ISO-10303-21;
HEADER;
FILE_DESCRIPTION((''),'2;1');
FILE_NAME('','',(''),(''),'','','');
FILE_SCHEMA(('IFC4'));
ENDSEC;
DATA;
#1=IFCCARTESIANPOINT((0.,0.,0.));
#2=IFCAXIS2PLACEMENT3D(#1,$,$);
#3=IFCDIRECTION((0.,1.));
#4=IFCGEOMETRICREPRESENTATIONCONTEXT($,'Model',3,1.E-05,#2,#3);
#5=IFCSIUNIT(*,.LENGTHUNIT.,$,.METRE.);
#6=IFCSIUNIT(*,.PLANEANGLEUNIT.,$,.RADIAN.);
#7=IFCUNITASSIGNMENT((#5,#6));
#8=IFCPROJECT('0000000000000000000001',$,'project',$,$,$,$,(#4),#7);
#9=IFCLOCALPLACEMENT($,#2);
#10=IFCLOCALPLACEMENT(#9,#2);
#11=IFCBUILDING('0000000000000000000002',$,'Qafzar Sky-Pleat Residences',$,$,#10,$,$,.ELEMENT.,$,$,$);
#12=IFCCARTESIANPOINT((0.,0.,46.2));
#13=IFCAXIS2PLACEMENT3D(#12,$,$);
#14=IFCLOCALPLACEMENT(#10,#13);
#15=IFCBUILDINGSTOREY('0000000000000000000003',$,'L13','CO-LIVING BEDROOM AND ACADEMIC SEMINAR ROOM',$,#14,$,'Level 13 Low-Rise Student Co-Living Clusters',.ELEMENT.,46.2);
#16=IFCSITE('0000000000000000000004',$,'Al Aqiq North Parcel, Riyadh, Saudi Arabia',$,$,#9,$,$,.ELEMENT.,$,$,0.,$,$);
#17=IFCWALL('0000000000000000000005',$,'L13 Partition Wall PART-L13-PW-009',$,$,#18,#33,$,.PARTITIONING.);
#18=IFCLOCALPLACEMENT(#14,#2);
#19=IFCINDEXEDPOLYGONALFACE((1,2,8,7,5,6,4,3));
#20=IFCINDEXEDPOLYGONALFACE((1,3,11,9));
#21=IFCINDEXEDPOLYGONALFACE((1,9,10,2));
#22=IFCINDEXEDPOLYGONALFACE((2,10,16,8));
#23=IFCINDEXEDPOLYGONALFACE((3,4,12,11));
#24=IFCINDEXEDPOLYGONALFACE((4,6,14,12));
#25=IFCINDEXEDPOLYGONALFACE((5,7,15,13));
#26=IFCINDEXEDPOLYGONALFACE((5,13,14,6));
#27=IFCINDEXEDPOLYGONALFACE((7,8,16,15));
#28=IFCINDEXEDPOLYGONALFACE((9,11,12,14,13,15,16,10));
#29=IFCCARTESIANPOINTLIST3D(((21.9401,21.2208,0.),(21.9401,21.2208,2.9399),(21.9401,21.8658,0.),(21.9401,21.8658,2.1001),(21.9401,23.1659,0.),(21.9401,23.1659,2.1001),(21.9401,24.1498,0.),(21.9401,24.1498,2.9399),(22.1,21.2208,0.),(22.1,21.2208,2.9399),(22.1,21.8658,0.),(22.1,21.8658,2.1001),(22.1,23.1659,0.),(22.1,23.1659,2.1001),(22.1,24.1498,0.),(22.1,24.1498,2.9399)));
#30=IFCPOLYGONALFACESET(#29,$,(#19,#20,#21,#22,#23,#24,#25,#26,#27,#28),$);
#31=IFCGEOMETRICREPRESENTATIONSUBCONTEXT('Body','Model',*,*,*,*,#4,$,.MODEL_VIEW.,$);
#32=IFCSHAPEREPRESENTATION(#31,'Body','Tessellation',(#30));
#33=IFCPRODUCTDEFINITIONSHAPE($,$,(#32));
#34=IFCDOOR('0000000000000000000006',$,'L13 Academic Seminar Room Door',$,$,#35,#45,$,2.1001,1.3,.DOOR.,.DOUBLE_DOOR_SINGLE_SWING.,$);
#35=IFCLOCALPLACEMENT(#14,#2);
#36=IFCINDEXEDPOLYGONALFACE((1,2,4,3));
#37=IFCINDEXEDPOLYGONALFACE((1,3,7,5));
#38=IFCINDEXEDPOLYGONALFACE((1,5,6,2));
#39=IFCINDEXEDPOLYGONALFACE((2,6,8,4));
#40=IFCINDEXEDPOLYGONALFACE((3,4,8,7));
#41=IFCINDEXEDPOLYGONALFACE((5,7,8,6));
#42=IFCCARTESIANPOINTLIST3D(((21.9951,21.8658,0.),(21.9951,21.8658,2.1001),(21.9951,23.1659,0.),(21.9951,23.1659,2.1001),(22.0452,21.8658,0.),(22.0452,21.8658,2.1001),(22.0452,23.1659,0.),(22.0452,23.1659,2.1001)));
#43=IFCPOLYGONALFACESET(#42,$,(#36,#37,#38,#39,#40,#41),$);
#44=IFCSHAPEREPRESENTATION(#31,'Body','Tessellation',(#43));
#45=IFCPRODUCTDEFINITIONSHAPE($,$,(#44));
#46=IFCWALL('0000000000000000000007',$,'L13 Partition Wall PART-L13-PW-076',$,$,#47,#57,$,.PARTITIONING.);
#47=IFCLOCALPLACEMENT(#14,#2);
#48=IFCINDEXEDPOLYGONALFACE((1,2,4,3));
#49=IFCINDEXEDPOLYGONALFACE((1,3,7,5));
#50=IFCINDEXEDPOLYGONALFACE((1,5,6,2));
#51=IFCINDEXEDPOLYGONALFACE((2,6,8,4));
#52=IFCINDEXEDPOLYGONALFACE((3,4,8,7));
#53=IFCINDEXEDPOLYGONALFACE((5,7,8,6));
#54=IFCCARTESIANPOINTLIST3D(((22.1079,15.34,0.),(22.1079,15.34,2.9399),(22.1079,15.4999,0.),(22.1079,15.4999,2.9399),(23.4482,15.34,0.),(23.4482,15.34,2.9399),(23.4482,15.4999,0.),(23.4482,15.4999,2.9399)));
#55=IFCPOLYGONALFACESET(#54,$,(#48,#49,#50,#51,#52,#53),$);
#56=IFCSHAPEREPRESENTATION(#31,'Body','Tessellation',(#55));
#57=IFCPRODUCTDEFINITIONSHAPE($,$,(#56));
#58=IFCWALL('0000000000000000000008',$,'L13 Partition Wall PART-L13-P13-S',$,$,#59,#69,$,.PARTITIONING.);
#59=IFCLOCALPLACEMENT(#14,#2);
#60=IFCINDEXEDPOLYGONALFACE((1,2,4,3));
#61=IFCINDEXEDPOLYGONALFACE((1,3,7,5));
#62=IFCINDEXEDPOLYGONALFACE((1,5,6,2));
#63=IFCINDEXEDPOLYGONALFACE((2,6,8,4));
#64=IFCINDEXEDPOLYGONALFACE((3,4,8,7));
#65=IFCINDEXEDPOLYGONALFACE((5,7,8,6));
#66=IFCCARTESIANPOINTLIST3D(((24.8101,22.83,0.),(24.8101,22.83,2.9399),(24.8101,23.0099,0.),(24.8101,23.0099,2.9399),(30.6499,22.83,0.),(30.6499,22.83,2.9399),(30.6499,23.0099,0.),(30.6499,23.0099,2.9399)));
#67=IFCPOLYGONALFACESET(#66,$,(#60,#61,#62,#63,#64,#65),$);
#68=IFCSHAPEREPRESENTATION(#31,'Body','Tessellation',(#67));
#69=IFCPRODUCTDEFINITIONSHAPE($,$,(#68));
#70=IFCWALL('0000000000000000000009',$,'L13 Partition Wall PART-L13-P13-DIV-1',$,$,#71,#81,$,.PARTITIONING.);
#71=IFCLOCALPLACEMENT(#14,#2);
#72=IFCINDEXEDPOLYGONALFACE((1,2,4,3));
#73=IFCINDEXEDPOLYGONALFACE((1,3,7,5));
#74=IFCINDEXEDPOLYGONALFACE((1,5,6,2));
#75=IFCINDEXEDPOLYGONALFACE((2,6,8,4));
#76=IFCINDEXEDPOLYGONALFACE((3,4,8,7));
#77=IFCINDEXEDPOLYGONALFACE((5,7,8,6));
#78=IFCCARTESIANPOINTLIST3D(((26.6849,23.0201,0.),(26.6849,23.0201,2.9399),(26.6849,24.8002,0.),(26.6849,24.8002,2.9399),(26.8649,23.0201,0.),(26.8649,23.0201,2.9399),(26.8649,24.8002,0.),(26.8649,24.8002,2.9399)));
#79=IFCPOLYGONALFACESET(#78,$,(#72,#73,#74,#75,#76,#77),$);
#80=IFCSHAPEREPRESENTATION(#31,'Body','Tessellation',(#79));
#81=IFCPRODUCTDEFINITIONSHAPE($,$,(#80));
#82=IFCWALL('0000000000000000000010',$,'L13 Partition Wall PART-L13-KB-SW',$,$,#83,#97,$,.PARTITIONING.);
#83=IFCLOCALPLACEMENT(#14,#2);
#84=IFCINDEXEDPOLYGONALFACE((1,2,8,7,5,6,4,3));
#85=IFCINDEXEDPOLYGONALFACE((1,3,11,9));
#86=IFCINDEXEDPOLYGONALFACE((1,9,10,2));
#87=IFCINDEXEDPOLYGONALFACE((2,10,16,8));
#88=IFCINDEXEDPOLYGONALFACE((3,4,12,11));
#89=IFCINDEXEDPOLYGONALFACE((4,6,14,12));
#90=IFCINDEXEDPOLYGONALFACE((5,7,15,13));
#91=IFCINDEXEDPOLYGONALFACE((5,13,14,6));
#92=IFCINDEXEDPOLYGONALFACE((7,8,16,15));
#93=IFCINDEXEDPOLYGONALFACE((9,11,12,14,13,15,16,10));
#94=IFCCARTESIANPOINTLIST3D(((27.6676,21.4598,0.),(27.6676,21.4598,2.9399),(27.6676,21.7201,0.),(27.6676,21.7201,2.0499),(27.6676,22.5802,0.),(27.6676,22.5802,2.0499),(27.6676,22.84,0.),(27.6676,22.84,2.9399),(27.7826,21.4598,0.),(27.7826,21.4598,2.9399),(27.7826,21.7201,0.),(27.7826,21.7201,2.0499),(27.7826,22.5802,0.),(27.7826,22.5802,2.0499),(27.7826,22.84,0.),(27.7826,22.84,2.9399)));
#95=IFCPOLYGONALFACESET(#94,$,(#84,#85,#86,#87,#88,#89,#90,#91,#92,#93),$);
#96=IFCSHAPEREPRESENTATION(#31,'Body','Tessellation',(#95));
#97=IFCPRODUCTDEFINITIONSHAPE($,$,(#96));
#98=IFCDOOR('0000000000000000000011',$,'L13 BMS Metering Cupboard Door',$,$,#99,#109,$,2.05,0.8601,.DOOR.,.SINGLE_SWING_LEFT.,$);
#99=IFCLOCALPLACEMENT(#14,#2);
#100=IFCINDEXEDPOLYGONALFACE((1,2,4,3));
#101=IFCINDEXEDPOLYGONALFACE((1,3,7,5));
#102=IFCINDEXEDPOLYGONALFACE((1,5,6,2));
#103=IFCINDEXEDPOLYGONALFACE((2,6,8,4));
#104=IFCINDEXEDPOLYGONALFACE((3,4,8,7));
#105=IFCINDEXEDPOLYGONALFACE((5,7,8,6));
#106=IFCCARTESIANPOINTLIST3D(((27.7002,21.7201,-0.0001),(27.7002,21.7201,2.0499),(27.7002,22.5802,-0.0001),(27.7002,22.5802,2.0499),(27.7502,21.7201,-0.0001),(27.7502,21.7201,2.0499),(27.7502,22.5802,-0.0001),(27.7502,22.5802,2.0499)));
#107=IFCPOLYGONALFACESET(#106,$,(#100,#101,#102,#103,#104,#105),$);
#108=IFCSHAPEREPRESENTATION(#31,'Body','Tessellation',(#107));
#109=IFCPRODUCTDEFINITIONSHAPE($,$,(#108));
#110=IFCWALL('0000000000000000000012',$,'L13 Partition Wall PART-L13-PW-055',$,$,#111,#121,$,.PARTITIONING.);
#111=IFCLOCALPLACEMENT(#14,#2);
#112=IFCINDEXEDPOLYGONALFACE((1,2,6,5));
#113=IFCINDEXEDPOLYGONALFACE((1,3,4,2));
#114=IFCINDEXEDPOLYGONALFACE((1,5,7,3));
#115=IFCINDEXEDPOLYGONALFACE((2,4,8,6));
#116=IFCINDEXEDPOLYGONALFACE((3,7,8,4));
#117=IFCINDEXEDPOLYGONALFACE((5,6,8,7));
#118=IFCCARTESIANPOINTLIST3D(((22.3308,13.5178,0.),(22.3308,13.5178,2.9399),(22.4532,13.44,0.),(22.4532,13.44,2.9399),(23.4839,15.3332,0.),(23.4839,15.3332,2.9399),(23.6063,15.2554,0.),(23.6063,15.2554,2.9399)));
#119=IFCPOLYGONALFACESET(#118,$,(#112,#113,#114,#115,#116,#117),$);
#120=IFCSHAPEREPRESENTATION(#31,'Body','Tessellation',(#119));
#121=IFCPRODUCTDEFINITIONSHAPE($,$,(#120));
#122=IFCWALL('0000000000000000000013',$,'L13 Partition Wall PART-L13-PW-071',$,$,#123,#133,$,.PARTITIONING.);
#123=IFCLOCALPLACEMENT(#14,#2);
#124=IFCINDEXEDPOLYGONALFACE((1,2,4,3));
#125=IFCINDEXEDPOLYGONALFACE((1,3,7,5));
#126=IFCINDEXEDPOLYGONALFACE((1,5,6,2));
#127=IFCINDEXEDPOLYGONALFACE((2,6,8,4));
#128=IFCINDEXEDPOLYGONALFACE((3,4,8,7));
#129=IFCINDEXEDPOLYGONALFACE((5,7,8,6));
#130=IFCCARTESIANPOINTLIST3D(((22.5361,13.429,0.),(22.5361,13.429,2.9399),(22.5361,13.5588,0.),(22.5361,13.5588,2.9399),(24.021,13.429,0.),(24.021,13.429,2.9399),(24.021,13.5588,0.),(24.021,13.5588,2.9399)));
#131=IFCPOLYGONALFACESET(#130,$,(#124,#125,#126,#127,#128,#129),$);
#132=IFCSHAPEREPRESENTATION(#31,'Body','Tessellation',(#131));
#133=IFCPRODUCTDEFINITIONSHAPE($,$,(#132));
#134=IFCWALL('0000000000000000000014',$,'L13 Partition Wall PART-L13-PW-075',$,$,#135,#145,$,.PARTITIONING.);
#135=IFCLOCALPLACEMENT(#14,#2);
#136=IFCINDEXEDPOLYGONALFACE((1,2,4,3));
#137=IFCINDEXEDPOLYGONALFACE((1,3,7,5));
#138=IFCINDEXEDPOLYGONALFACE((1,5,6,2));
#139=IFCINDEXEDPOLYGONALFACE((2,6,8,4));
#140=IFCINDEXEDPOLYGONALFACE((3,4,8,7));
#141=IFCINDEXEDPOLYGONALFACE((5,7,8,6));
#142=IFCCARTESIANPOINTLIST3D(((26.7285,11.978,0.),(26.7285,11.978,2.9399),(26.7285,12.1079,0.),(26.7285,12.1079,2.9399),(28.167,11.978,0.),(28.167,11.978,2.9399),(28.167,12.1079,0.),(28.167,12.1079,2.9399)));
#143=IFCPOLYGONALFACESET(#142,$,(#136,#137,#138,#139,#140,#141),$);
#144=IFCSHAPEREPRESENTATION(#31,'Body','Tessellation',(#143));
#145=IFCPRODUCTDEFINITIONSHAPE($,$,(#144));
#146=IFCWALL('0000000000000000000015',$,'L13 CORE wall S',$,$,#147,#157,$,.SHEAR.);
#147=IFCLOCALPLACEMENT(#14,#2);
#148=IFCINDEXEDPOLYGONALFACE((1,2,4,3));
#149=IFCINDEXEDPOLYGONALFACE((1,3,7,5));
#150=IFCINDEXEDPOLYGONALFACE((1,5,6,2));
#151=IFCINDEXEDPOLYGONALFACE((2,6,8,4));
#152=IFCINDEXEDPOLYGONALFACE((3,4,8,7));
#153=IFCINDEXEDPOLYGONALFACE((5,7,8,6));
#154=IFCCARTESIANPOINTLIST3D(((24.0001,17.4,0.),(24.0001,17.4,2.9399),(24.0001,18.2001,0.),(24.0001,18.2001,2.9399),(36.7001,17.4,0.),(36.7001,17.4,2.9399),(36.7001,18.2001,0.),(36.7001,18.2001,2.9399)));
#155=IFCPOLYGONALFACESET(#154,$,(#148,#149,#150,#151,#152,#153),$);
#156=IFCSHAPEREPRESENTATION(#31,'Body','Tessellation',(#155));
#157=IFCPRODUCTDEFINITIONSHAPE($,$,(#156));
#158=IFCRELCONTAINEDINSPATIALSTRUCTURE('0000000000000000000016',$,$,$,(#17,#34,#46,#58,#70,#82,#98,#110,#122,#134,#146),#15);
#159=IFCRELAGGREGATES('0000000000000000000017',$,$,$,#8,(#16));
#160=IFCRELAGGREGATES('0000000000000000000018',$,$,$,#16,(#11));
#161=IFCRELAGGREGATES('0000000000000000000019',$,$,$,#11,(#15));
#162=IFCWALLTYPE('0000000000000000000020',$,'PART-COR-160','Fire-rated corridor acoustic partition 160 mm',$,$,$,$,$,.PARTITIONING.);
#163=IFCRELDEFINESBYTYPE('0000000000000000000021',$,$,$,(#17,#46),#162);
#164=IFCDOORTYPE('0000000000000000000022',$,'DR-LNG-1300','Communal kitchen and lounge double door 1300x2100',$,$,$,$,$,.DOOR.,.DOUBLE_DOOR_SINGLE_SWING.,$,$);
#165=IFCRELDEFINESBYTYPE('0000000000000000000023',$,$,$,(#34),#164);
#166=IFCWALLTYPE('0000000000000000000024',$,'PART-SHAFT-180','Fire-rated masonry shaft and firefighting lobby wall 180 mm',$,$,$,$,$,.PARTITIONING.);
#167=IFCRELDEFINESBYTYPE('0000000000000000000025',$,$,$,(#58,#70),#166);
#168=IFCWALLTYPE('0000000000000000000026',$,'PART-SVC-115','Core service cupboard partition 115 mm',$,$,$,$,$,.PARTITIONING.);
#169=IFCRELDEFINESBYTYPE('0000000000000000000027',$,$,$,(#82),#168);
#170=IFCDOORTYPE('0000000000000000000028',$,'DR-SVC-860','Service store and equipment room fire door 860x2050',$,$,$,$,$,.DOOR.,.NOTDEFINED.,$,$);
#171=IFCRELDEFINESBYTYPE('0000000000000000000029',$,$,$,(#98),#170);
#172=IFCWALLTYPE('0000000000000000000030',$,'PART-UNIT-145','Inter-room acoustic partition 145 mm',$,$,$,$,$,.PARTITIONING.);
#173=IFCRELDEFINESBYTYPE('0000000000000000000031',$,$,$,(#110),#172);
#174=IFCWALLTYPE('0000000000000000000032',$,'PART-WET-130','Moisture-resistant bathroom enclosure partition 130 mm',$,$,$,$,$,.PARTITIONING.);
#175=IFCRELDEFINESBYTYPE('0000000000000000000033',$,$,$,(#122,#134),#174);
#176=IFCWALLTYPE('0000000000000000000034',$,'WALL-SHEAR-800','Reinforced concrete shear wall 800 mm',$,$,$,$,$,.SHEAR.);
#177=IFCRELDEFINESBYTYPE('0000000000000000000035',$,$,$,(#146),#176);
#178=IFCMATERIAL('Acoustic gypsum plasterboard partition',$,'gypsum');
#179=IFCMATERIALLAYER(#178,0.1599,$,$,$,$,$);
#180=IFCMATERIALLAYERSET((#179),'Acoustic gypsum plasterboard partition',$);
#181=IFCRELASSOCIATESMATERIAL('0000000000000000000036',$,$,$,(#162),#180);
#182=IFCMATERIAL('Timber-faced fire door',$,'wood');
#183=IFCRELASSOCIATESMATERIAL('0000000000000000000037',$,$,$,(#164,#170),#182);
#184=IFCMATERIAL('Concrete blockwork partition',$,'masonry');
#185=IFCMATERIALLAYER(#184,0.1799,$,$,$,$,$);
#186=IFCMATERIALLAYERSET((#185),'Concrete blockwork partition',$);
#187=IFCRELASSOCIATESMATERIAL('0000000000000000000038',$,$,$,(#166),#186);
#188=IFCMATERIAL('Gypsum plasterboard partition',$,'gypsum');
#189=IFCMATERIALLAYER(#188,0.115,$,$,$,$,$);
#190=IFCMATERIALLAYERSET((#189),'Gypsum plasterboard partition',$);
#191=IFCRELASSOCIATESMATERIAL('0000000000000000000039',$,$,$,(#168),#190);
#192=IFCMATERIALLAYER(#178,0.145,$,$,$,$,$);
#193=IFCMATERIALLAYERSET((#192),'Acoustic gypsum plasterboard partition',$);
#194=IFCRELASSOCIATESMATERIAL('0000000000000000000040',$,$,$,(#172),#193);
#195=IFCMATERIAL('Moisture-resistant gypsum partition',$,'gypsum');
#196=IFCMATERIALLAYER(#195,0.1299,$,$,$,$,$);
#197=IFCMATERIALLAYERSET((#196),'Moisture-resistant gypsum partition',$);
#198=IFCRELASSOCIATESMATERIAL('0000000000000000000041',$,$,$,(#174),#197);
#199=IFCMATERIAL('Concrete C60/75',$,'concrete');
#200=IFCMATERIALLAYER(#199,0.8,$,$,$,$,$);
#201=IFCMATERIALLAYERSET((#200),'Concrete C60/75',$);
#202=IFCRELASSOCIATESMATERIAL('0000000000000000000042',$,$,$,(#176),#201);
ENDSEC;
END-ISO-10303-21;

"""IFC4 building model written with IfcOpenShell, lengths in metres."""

from ifc_helpers import new_model, si_unit, direction, frame, frame_2d, origin, place, context, subcontext, project, spatial, rectangle, extrude, source, transform, mapped, material, layer, layer_set, type_object, element, fill, save


model = new_model("IFC4")

# Units and contexts
model_context = context("Model", 3, precision=1e-05, world=origin(), true_north=direction((0.0, 1.0)))
body_context = subcontext(model_context, "Body", "Model", "MODEL_VIEW")
ifc_project = project(units=[si_unit("LENGTHUNIT", "METRE"), si_unit("PLANEANGLEUNIT", "RADIAN")], contexts=[model_context])

# Site, building, storey
site_placement = place(None, origin())
site = spatial("IfcSite", under=ifc_project, at=site_placement, Name="Al Aqiq North Parcel, Riyadh, Saudi Arabia", CompositionType="ELEMENT", RefElevation=0.0)
building_placement = place(site_placement, origin())
building = spatial("IfcBuilding", under=site, at=building_placement, Name="Qafzar Sky-Pleat Residences", CompositionType="ELEMENT")
storey_placement = place(building_placement, frame((0.0, 0.0, 46.2)))
storey = spatial("IfcBuildingStorey", under=building, at=storey_placement, Name="L13", Description="CO-LIVING BEDROOM AND ACADEMIC SEMINAR ROOM", LongName="Level 13 Low-Rise Student Co-Living Clusters", CompositionType="ELEMENT", Elevation=46.2)

# Wall, opening, door
ifc_material_1 = material(Name="Acoustic gypsum plasterboard partition", Category="gypsum")
ifc_layer_1 = layer(ifc_material_1, 0.1599)
ifc_layer_set_1 = layer_set([ifc_layer_1], Name="Acoustic gypsum plasterboard partition")
wall_type_1 = type_object("IfcWallType", Name="PART-COR-160", Description="Fire-rated corridor acoustic partition 160 mm", PredefinedType="PARTITIONING", material=ifc_layer_set_1)
ifc_material_2 = material(Name="Timber-faced fire door", Category="wood")
wall_1_placement = place(storey_placement, frame((22.02, 21.2209, 0.0), z_axis=(0.0, 0.0, 1.0), x_axis=(0.0, 1.0, 0.0)))
wall_1 = element("IfcWall", 1, at=wall_1_placement, inside=storey, type_object=wall_type_1, Name="L13 Partition Wall PART-L13-PW-009", PredefinedType="PARTITIONING", context=body_context, shape_type="SweptSolid", body=[
    extrude(rectangle(XDim=2.929, YDim=0.1599, at=frame_2d((1.4644, 0.0))), origin(), (0.0, 0.0, 1.0), 2.9399),
])
opening_1_placement = place(wall_1_placement, frame((0.645, 0.0, 0.0)))
opening_1 = element("IfcOpeningElement", 2, at=opening_1_placement, cuts=wall_1, PredefinedType="OPENING", context=body_context, shape_type="SweptSolid", body=[
    extrude(rectangle(XDim=1.3, YDim=2.1001, at=frame_2d((0.6499, 1.05))), frame((0.0, 0.0898, 0.0), z_axis=(0.0, -1.0, 0.0), x_axis=(1.0, 0.0, 0.0)), (0.0, 0.0, 1.0), 0.1799),
])
door_type_1 = type_object("IfcDoorType", Name="DR-LNG-1300", Description="Communal kitchen and lounge double door 1300x2100", OperationType="DOUBLE_DOOR_SINGLE_SWING", PredefinedType="DOOR", material=ifc_material_2)
shared_shape_1 = source(origin(), body_context, "Body", "SweptSolid", [
    extrude(rectangle(XDim=1.3, YDim=2.1001, at=frame_2d((0.6499, 1.05))), frame((0.0, 0.0249, 0.0), z_axis=(0.0, -1.0, 0.0), x_axis=(1.0, 0.0, 0.0)), (0.0, 0.0, 1.0), 0.05),
])
door_1_placement = place(opening_1_placement, origin())
door_1 = element("IfcDoor", 3, at=door_1_placement, inside=storey, type_object=door_type_1, Name="L13 Academic Seminar Room Door", OperationType="DOUBLE_DOOR_SINGLE_SWING", OverallHeight=2.1001, OverallWidth=1.3, PredefinedType="DOOR", context=body_context, shape_type="MappedRepresentation", body=[
    mapped(shared_shape_1, transform((0.0, 0.0, 0.0), x_axis=(1.0, 0.0, 0.0), y_axis=(0.0, 1.0, 0.0), z_axis=(0.0, 0.0, 1.0), scale=1.0)),
])
fill(opening_1, door_1)

# Walls
wall_2_placement = place(storey_placement, frame((22.1079, 15.4199, 0.0), z_axis=(0.0, 0.0, 1.0), x_axis=(1.0, 0.0, 0.0)))
element("IfcWall", 4, at=wall_2_placement, inside=storey, type_object=wall_type_1, Name="L13 Partition Wall PART-L13-PW-076", PredefinedType="PARTITIONING", context=body_context, shape_type="SweptSolid", body=[
    extrude(rectangle(XDim=1.3403, YDim=0.1599, at=frame_2d((0.6702, 0.0))), origin(), (0.0, 0.0, 1.0), 2.9399),
])
ifc_material_3 = material(Name="Concrete blockwork partition", Category="masonry")
ifc_layer_2 = layer(ifc_material_3, 0.1799)
ifc_layer_set_2 = layer_set([ifc_layer_2], Name="Concrete blockwork partition")
wall_type_2 = type_object("IfcWallType", Name="PART-SHAFT-180", Description="Fire-rated masonry shaft and firefighting lobby wall 180 mm", PredefinedType="PARTITIONING", material=ifc_layer_set_2)
wall_3_placement = place(storey_placement, frame((24.8101, 22.9199, 0.0), z_axis=(0.0, 0.0, 1.0), x_axis=(1.0, 0.0, 0.0)))
element("IfcWall", 5, at=wall_3_placement, inside=storey, type_object=wall_type_2, Name="L13 Partition Wall PART-L13-P13-S", PredefinedType="PARTITIONING", context=body_context, shape_type="SweptSolid", body=[
    extrude(rectangle(XDim=5.8398, YDim=0.1799, at=frame_2d((2.9199, 0.0))), origin(), (0.0, 0.0, 1.0), 2.9399),
])

# Wall
wall_4_placement = place(storey_placement, frame((26.7749, 23.02, 0.0), z_axis=(0.0, 0.0, 1.0), x_axis=(0.0, 1.0, 0.0)))
element("IfcWall", 6, at=wall_4_placement, inside=storey, type_object=wall_type_2, Name="L13 Partition Wall PART-L13-P13-DIV-1", PredefinedType="PARTITIONING", context=body_context, shape_type="SweptSolid", body=[
    extrude(rectangle(XDim=1.78, YDim=0.1799, at=frame_2d((0.8901, 0.0))), origin(), (0.0, 0.0, 1.0), 2.9399),
])

# Wall, opening, door
ifc_material_4 = material(Name="Gypsum plasterboard partition", Category="gypsum")
ifc_layer_3 = layer(ifc_material_4, 0.115)
ifc_layer_set_3 = layer_set([ifc_layer_3], Name="Gypsum plasterboard partition")
wall_type_3 = type_object("IfcWallType", Name="PART-SVC-115", Description="Core service cupboard partition 115 mm", PredefinedType="PARTITIONING", material=ifc_layer_set_3)
wall_5_placement = place(storey_placement, frame((27.7251, 21.46, 0.0), z_axis=(0.0, 0.0, 1.0), x_axis=(0.0, 1.0, 0.0)))
wall_5 = element("IfcWall", 7, at=wall_5_placement, inside=storey, type_object=wall_type_3, Name="L13 Partition Wall PART-L13-KB-SW", PredefinedType="PARTITIONING", context=body_context, shape_type="SweptSolid", body=[
    extrude(rectangle(XDim=1.3801, YDim=0.115, at=frame_2d((0.6899, 0.0))), origin(), (0.0, 0.0, 1.0), 2.9399),
])
opening_2_placement = place(wall_5_placement, frame((0.26, 0.0, 0.0)))
opening_2 = element("IfcOpeningElement", 8, at=opening_2_placement, cuts=wall_5, PredefinedType="OPENING", context=body_context, shape_type="SweptSolid", body=[
    extrude(rectangle(XDim=0.8601, YDim=2.05, at=frame_2d((0.4302, 1.0249))), frame((0.0, 0.0674, 0.0), z_axis=(0.0, -1.0, 0.0), x_axis=(1.0, 0.0, 0.0)), (0.0, 0.0, 1.0), 0.135),
])
door_type_2 = type_object("IfcDoorType", Name="DR-SVC-860", Description="Service store and equipment room fire door 860x2050", OperationType="NOTDEFINED", PredefinedType="DOOR", material=ifc_material_2)
shared_shape_2 = source(origin(), body_context, "Body", "SweptSolid", [
    extrude(rectangle(XDim=0.8601, YDim=2.05, at=frame_2d((0.4302, 1.0249))), frame((0.0, 0.0249, 0.0), z_axis=(0.0, -1.0, 0.0), x_axis=(1.0, 0.0, 0.0)), (0.0, 0.0, 1.0), 0.05),
])
door_2_placement = place(opening_2_placement, origin())
door_2 = element("IfcDoor", 9, at=door_2_placement, inside=storey, type_object=door_type_2, Name="L13 BMS Metering Cupboard Door", OperationType="SINGLE_SWING_LEFT", OverallHeight=2.05, OverallWidth=0.8601, PredefinedType="DOOR", context=body_context, shape_type="MappedRepresentation", body=[
    mapped(shared_shape_2, transform((0.0, 0.0, 0.0), x_axis=(1.0, 0.0, 0.0), y_axis=(0.0, 1.0, 0.0), z_axis=(0.0, 0.0, 1.0), scale=1.0)),
])
fill(opening_2, door_2)

# Walls
ifc_layer_4 = layer(ifc_material_1, 0.145)
ifc_layer_set_4 = layer_set([ifc_layer_4], Name="Acoustic gypsum plasterboard partition")
wall_type_4 = type_object("IfcWallType", Name="PART-UNIT-145", Description="Inter-room acoustic partition 145 mm", PredefinedType="PARTITIONING", material=ifc_layer_set_4)
wall_6_placement = place(storey_placement, frame((22.3921, 13.479, 0.0), z_axis=(0.0, 0.0, 1.0), x_axis=(0.536148, 0.844124, 0.0)))
element("IfcWall", 10, at=wall_6_placement, inside=storey, type_object=wall_type_4, Name="L13 Partition Wall PART-L13-PW-055", PredefinedType="PARTITIONING", context=body_context, shape_type="SweptSolid", body=[
    extrude(rectangle(XDim=2.1506, YDim=0.145, at=frame_2d((1.0752, 0.0))), origin(), (0.0, 0.0, 1.0), 2.9399),
])
ifc_material_5 = material(Name="Moisture-resistant gypsum partition", Category="gypsum")
ifc_layer_5 = layer(ifc_material_5, 0.1299)
ifc_layer_set_5 = layer_set([ifc_layer_5], Name="Moisture-resistant gypsum partition")
wall_type_5 = type_object("IfcWallType", Name="PART-WET-130", Description="Moisture-resistant bathroom enclosure partition 130 mm", PredefinedType="PARTITIONING", material=ifc_layer_set_5)
wall_7_placement = place(storey_placement, frame((22.5361, 13.4939, 0.0), z_axis=(0.0, 0.0, 1.0), x_axis=(1.0, 0.0, 0.0)))
element("IfcWall", 11, at=wall_7_placement, inside=storey, type_object=wall_type_5, Name="L13 Partition Wall PART-L13-PW-071", PredefinedType="PARTITIONING", context=body_context, shape_type="SweptSolid", body=[
    extrude(rectangle(XDim=1.4849, YDim=0.1299, at=frame_2d((0.7424, 0.0))), origin(), (0.0, 0.0, 1.0), 2.9399),
])
wall_8_placement = place(storey_placement, frame((26.7285, 12.043, 0.0), z_axis=(0.0, 0.0, 1.0), x_axis=(1.0, 0.0, 0.0)))
element("IfcWall", 12, at=wall_8_placement, inside=storey, type_object=wall_type_5, Name="L13 Partition Wall PART-L13-PW-075", PredefinedType="PARTITIONING", context=body_context, shape_type="SweptSolid", body=[
    extrude(rectangle(XDim=1.4385, YDim=0.1299, at=frame_2d((0.7192, 0.0))), origin(), (0.0, 0.0, 1.0), 2.9399),
])

# Shared definitions
ifc_material_6 = material(Name="Concrete C60/75", Category="concrete")

# Wall
ifc_layer_6 = layer(ifc_material_6, 0.8)
ifc_layer_set_6 = layer_set([ifc_layer_6], Name="Concrete C60/75")
wall_type_6 = type_object("IfcWallType", Name="WALL-SHEAR-800", Description="Reinforced concrete shear wall 800 mm", PredefinedType="SHEAR", material=ifc_layer_set_6)
wall_9_placement = place(storey_placement, frame((24.0, 17.8, 0.0), z_axis=(0.0, 0.0, 1.0), x_axis=(1.0, 0.0, 0.0)))
element("IfcWall", 13, at=wall_9_placement, inside=storey, type_object=wall_type_6, Name="L13 CORE wall S", PredefinedType="SHEAR", context=body_context, shape_type="SweptSolid", body=[
    extrude(rectangle(XDim=12.7, YDim=0.8, at=frame_2d((6.3501, 0.0))), origin(), (0.0, 0.0, 1.0), 2.9399),
])

save(model, "model.ifc")
